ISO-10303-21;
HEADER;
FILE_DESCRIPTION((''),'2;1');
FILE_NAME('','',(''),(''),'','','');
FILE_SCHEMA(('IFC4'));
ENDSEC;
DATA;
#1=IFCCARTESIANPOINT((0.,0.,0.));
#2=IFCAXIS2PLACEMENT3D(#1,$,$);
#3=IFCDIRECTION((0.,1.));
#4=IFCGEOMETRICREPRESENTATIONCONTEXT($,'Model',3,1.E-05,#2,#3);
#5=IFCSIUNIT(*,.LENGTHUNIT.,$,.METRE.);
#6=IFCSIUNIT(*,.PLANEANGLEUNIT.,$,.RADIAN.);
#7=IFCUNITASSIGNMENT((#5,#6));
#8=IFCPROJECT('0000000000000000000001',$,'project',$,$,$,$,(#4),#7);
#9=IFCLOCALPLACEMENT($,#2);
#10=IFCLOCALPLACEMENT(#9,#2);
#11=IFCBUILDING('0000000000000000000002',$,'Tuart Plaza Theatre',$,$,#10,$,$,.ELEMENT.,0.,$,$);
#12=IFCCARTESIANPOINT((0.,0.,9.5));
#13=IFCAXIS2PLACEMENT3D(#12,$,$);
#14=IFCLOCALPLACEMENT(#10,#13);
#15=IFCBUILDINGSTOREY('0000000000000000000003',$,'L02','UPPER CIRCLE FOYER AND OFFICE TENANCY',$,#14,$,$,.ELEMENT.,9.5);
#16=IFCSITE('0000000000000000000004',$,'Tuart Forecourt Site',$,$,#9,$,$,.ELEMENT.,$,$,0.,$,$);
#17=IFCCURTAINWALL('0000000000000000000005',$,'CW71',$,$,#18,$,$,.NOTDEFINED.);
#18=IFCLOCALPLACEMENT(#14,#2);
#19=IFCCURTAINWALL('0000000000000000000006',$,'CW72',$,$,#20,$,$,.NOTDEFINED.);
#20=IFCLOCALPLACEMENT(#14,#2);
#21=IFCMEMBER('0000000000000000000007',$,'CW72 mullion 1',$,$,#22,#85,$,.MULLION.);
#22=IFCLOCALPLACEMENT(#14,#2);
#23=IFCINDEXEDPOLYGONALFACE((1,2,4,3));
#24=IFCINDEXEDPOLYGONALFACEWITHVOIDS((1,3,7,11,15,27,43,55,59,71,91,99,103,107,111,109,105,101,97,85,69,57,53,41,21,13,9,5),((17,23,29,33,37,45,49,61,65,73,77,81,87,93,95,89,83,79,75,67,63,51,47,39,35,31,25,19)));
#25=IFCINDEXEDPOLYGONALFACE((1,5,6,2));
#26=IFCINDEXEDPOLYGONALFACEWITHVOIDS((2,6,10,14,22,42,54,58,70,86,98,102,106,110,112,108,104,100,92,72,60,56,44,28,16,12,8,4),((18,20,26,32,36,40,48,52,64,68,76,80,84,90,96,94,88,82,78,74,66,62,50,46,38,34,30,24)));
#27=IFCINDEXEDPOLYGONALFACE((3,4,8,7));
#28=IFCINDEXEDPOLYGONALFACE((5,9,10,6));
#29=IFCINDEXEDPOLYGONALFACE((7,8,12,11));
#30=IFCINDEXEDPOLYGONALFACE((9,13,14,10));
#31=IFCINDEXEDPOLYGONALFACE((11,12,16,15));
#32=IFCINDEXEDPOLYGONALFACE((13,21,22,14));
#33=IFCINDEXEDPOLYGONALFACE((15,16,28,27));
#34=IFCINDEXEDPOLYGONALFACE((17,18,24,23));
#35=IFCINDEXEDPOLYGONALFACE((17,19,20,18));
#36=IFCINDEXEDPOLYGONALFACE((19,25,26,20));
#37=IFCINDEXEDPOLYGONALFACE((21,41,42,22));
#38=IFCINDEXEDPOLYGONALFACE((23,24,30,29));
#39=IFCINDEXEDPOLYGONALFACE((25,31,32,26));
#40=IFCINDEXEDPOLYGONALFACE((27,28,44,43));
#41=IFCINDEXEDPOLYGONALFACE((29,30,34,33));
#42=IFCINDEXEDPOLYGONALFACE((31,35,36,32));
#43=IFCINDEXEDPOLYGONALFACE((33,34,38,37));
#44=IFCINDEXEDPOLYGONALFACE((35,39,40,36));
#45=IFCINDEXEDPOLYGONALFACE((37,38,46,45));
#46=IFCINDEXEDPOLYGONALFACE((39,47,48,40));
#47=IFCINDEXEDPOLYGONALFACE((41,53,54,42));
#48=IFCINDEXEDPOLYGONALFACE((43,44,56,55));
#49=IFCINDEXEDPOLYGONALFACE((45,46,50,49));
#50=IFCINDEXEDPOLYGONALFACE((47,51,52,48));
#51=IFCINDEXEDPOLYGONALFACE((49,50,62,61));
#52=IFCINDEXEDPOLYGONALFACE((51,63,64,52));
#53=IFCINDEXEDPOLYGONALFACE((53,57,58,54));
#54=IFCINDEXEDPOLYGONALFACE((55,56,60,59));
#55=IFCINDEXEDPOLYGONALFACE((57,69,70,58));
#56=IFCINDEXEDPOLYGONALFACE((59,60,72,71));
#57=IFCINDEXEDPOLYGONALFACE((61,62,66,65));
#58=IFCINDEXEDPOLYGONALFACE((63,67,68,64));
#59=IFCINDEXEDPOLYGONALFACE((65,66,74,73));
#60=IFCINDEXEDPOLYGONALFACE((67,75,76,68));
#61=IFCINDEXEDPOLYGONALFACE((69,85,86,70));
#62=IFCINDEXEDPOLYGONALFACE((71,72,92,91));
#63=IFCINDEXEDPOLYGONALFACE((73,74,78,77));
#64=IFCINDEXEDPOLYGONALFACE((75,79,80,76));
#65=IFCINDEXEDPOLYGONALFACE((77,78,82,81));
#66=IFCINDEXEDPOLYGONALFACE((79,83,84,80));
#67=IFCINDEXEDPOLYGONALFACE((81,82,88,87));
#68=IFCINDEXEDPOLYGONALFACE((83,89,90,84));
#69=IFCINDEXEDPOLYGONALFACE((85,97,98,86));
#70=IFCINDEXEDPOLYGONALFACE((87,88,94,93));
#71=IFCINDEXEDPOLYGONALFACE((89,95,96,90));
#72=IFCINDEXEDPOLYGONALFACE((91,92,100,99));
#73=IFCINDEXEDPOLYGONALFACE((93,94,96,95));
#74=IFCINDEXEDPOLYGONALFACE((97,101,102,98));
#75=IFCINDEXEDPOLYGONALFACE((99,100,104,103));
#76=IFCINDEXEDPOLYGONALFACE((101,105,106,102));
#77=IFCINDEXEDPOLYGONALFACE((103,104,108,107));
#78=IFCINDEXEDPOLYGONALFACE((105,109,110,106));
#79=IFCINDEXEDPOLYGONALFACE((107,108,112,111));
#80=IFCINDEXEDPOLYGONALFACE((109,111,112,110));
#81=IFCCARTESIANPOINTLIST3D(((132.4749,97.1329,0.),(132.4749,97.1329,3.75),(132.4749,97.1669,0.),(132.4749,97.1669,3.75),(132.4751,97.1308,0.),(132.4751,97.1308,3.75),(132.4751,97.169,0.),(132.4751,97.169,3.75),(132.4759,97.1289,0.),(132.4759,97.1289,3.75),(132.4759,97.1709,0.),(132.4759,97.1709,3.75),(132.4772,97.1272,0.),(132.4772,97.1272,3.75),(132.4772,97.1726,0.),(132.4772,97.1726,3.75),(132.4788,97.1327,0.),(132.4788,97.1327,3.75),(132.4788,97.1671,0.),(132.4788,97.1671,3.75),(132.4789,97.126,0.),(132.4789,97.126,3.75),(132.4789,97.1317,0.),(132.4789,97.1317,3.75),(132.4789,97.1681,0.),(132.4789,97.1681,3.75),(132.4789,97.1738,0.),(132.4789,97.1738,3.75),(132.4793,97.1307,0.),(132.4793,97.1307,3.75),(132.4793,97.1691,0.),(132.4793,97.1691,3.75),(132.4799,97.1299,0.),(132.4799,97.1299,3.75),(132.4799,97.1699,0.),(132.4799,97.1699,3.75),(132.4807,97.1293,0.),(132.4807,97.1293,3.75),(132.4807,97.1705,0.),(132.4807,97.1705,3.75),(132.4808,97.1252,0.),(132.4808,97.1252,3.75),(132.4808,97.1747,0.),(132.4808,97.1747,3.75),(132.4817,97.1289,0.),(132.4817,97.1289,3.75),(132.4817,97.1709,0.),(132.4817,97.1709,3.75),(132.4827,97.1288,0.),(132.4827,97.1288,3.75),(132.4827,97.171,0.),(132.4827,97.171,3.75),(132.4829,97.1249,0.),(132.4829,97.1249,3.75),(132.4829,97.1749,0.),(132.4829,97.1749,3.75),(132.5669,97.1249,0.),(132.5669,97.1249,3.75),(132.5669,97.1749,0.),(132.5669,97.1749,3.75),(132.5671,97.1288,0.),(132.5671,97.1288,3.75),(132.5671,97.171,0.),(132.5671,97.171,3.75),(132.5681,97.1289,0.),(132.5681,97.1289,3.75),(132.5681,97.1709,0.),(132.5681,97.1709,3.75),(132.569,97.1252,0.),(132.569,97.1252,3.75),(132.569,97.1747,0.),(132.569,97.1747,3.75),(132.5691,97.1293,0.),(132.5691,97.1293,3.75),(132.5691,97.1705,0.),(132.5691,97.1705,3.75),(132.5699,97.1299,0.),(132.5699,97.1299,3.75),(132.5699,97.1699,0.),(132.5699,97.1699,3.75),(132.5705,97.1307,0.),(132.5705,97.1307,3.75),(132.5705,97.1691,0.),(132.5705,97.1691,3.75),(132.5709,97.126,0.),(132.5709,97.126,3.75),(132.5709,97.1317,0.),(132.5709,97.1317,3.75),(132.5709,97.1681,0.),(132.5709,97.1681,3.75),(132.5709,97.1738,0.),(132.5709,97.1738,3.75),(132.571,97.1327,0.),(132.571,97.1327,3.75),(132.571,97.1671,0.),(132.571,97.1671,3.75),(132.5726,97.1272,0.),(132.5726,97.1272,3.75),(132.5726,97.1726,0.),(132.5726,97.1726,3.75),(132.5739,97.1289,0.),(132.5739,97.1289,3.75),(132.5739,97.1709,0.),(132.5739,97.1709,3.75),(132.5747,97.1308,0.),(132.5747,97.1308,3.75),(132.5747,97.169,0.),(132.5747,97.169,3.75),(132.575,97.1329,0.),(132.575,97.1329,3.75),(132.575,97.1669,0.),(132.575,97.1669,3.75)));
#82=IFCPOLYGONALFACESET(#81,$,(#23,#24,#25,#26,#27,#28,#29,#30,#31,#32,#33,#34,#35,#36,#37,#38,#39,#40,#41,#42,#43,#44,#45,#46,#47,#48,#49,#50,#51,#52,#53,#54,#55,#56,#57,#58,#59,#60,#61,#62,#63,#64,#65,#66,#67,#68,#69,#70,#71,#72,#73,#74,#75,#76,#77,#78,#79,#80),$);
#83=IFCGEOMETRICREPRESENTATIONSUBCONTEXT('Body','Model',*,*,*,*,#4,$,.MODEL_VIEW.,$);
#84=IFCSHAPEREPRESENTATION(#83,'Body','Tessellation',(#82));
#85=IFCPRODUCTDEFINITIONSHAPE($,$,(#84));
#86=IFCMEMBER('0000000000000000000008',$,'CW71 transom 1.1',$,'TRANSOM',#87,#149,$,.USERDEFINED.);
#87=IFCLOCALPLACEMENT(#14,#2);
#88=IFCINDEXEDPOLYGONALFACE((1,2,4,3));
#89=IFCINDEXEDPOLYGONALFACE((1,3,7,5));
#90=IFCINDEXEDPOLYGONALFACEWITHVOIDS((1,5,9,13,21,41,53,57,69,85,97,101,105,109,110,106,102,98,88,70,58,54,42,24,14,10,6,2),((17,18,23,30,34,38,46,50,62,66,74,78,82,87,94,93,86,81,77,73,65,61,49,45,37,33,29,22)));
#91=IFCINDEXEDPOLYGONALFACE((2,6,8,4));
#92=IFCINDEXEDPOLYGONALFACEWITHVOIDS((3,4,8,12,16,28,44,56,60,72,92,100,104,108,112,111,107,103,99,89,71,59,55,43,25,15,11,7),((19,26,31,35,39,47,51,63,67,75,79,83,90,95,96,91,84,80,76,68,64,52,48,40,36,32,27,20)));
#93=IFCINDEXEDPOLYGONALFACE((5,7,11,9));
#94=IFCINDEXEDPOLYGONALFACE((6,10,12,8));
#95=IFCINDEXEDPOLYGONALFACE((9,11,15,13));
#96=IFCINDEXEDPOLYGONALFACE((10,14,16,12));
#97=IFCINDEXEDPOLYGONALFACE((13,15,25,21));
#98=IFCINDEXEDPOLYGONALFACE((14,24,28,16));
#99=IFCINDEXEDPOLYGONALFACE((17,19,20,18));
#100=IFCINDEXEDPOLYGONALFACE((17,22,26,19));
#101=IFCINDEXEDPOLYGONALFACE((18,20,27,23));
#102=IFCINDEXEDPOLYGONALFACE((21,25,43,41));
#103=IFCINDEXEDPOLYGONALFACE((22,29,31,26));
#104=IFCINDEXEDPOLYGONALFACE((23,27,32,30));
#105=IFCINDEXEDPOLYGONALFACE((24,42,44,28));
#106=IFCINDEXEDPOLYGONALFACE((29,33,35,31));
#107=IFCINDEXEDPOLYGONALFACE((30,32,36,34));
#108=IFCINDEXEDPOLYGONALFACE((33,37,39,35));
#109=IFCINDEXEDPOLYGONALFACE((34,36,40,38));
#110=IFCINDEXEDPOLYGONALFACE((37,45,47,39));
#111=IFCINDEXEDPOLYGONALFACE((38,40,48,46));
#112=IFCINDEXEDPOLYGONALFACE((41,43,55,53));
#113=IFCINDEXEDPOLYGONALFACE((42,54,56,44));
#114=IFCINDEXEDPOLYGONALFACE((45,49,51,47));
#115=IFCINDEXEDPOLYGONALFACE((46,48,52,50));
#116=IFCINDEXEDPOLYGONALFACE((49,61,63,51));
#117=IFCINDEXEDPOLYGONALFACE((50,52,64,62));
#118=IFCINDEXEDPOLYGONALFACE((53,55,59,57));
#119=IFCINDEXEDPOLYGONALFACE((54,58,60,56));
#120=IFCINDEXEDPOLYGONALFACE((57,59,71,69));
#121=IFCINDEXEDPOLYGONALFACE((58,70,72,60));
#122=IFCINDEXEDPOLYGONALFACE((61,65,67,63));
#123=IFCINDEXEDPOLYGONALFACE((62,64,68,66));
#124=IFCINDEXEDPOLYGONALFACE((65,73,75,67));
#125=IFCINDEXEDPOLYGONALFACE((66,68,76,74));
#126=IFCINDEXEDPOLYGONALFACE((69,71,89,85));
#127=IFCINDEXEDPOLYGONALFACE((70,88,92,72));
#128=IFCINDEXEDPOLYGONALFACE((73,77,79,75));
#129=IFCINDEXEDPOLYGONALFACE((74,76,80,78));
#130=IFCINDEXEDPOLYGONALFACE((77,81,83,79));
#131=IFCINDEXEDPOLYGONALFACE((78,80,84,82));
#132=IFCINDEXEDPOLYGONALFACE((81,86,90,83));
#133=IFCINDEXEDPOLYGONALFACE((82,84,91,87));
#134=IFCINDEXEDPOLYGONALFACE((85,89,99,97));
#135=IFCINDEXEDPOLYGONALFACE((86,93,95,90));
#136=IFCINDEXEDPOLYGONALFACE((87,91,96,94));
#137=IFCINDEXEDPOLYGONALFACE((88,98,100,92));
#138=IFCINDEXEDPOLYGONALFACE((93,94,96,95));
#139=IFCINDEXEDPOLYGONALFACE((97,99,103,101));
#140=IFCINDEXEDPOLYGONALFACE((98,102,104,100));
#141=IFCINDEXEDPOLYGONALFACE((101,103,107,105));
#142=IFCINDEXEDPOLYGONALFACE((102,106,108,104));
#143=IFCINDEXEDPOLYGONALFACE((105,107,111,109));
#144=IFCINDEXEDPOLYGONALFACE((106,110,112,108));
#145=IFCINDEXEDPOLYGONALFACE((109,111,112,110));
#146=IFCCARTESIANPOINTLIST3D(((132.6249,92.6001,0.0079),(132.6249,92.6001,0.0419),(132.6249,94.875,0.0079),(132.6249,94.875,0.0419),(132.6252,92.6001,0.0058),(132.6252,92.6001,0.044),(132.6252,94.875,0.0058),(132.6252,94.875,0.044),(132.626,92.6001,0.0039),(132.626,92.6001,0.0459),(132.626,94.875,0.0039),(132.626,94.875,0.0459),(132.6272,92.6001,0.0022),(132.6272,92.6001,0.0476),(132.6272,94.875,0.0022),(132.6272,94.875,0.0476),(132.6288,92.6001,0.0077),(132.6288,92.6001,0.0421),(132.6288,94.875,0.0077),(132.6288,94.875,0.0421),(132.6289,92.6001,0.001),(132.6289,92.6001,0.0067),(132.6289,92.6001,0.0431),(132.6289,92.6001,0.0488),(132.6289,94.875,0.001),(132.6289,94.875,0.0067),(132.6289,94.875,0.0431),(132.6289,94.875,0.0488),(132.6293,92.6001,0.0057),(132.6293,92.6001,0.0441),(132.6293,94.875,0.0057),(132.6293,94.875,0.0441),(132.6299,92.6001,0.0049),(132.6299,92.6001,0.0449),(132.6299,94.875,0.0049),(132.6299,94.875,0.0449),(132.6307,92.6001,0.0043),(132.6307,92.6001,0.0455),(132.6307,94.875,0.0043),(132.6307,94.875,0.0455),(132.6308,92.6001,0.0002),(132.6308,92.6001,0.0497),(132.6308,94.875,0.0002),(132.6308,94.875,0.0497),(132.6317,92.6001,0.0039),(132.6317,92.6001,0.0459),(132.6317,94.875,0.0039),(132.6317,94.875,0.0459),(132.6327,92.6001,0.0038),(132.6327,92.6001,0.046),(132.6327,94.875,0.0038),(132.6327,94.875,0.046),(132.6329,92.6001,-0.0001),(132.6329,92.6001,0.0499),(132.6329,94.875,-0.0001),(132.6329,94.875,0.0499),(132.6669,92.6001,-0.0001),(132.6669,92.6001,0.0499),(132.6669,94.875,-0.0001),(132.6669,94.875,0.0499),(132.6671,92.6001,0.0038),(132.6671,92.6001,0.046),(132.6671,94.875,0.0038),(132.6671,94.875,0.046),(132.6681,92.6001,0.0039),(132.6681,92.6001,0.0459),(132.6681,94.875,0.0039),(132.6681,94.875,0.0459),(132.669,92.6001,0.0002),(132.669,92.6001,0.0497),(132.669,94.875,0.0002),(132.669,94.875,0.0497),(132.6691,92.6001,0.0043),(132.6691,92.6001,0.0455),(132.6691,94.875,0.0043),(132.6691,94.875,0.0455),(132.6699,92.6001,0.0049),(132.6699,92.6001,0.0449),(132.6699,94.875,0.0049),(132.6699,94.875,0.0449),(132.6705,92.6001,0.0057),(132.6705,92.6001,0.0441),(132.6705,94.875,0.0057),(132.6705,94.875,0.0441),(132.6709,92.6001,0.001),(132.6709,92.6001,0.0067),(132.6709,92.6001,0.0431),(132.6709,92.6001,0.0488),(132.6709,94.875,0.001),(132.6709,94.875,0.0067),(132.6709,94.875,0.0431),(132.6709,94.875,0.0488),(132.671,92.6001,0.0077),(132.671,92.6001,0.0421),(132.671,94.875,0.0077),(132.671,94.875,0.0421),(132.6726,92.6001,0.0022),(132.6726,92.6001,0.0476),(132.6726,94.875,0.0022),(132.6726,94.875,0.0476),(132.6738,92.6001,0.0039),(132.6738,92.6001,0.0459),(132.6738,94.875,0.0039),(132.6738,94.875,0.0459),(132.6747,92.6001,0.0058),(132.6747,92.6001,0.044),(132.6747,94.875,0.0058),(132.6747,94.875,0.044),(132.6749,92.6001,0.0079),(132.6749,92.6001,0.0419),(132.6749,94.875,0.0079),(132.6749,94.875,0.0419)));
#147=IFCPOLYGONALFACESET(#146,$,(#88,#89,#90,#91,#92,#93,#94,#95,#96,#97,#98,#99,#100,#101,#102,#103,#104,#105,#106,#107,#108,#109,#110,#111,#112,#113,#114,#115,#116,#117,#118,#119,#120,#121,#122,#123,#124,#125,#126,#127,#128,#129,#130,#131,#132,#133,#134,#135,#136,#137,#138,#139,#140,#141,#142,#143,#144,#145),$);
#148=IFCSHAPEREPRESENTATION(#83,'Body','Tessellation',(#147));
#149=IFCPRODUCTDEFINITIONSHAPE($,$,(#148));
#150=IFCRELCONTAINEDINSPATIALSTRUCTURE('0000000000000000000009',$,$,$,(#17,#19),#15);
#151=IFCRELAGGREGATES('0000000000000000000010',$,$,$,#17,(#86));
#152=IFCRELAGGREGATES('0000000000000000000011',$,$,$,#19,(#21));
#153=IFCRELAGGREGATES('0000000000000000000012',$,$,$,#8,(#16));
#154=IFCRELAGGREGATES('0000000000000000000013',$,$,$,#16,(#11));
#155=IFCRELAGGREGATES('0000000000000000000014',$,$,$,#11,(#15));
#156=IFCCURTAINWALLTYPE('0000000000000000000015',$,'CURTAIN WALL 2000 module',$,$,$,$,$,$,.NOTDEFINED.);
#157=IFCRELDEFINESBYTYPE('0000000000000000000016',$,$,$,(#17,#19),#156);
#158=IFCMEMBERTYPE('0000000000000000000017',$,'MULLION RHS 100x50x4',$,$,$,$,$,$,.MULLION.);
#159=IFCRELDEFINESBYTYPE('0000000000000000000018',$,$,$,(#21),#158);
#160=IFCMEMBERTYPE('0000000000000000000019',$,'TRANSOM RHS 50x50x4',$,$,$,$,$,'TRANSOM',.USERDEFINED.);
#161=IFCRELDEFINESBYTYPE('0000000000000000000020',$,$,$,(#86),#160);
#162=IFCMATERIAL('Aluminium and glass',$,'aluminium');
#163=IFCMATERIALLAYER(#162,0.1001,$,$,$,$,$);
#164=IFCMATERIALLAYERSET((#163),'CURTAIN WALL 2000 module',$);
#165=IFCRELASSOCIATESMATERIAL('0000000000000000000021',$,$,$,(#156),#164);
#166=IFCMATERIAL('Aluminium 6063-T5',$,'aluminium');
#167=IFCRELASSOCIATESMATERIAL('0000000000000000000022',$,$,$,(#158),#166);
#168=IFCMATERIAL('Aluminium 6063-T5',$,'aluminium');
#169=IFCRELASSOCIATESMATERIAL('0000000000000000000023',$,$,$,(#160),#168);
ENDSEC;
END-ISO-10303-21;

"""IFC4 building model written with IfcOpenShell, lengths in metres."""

from ifc_helpers import new_model, si_unit, direction, frame, origin, origin_2d, place, context, subcontext, project, spatial, hollow_rectangle, extrude, material, layer, layer_set, material_profile, profile_set, type_object, element, aggregate, save


model = new_model("IFC4")

# Units and contexts
model_context = context("Model", 3, precision=1e-05, world=origin(), true_north=direction((0.0, 1.0)))
body_context = subcontext(model_context, "Body", "Model", "MODEL_VIEW")
ifc_project = project(units=[si_unit("LENGTHUNIT", "METRE"), si_unit("PLANEANGLEUNIT", "RADIAN")], contexts=[model_context])

# Site, building, storey
site_placement = place(None, origin())
site = spatial("IfcSite", under=ifc_project, at=site_placement, Name="Tuart Forecourt Site", CompositionType="ELEMENT", RefElevation=0.0)
building_placement = place(site_placement, origin())
building = spatial("IfcBuilding", under=site, at=building_placement, Name="Tuart Plaza Theatre", CompositionType="ELEMENT", ElevationOfRefHeight=0.0)
storey_placement = place(building_placement, frame((0.0, 0.0, 9.5)))
storey = spatial("IfcBuildingStorey", under=building, at=storey_placement, Name="L02", Description="UPPER CIRCLE FOYER AND OFFICE TENANCY", CompositionType="ELEMENT", Elevation=9.5)

# Curtain wall
ifc_material_1 = material(Name="Aluminium and glass", Category="aluminium")
ifc_layer_1 = layer(ifc_material_1, 0.1001)
ifc_layer_set_1 = layer_set([ifc_layer_1], Name="CURTAIN WALL 2000 module")
curtain_wall_type = type_object("IfcCurtainWallType", Name="CURTAIN WALL 2000 module", PredefinedType="NOTDEFINED", material=ifc_layer_set_1)
curtain_wall_1_placement = place(storey_placement, origin())
curtain_wall_1 = element("IfcCurtainWall", 1, at=curtain_wall_1_placement, inside=storey, type_object=curtain_wall_type, Name="CW71", PredefinedType="NOTDEFINED")
ifc_material_2 = material(Name="Aluminium 6063-T5", Category="aluminium")
ifc_material_profile_1 = material_profile(ifc_material_2, hollow_rectangle(XDim=0.05, YDim=0.1001, WallThickness=0.0039, InnerFilletRadius=0.0039, OuterFilletRadius=0.0081, at=origin_2d()), Name="RHS 100x50x4")
ifc_profile_set_1 = profile_set([ifc_material_profile_1], Name="Aluminium 6063-T5")
member_type_1 = type_object("IfcMemberType", Name="MULLION RHS 100x50x4", PredefinedType="MULLION", material=ifc_profile_set_1)

# Curtain wall, member
curtain_wall_2_placement = place(storey_placement, origin())
curtain_wall_2 = element("IfcCurtainWall", 2, at=curtain_wall_2_placement, inside=storey, type_object=curtain_wall_type, Name="CW72", PredefinedType="NOTDEFINED")
member_1_placement = place(storey_placement, frame((132.5249, 97.1499, 0.0), z_axis=(0.0, 0.0, 1.0), x_axis=(0.0, -1.0, 0.0)))
member_1 = element("IfcMember", 3, at=member_1_placement, type_object=member_type_1, Name="CW72 mullion 1", PredefinedType="MULLION", context=body_context, shape_type="SweptSolid", body=[
    extrude(hollow_rectangle(XDim=0.05, YDim=0.1001, WallThickness=0.0039, InnerFilletRadius=0.0039, OuterFilletRadius=0.0081, at=origin_2d()), origin(), (0.0, 0.0, 1.0), 3.75),
])

# Member
ifc_material_3 = material(Name="Aluminium 6063-T5", Category="aluminium")
ifc_material_profile_2 = material_profile(ifc_material_3, hollow_rectangle(XDim=0.05, YDim=0.05, WallThickness=0.0039, InnerFilletRadius=0.0039, OuterFilletRadius=0.0081, at=origin_2d()), Name="RHS 50x50x4")
ifc_profile_set_2 = profile_set([ifc_material_profile_2], Name="Aluminium 6063-T5")
member_type_2 = type_object("IfcMemberType", Name="TRANSOM RHS 50x50x4", ElementType="TRANSOM", PredefinedType="USERDEFINED", material=ifc_profile_set_2)
member_2_placement = place(storey_placement, frame((132.6499, 92.6001, 0.0249), z_axis=(0.0, 1.0, 0.0), x_axis=(-1.0, 0.0, 0.0)))
member_2 = element("IfcMember", 4, at=member_2_placement, type_object=member_type_2, Name="CW71 transom 1.1", ObjectType="TRANSOM", PredefinedType="USERDEFINED", context=body_context, shape_type="SweptSolid", body=[
    extrude(hollow_rectangle(XDim=0.05, YDim=0.05, WallThickness=0.0039, InnerFilletRadius=0.0039, OuterFilletRadius=0.0081, at=origin_2d()), origin(), (0.0, 0.0, 1.0), 2.2749),
])

aggregate(curtain_wall_1, [member_2])
aggregate(curtain_wall_2, [member_1])

save(model, "model.ifc")
